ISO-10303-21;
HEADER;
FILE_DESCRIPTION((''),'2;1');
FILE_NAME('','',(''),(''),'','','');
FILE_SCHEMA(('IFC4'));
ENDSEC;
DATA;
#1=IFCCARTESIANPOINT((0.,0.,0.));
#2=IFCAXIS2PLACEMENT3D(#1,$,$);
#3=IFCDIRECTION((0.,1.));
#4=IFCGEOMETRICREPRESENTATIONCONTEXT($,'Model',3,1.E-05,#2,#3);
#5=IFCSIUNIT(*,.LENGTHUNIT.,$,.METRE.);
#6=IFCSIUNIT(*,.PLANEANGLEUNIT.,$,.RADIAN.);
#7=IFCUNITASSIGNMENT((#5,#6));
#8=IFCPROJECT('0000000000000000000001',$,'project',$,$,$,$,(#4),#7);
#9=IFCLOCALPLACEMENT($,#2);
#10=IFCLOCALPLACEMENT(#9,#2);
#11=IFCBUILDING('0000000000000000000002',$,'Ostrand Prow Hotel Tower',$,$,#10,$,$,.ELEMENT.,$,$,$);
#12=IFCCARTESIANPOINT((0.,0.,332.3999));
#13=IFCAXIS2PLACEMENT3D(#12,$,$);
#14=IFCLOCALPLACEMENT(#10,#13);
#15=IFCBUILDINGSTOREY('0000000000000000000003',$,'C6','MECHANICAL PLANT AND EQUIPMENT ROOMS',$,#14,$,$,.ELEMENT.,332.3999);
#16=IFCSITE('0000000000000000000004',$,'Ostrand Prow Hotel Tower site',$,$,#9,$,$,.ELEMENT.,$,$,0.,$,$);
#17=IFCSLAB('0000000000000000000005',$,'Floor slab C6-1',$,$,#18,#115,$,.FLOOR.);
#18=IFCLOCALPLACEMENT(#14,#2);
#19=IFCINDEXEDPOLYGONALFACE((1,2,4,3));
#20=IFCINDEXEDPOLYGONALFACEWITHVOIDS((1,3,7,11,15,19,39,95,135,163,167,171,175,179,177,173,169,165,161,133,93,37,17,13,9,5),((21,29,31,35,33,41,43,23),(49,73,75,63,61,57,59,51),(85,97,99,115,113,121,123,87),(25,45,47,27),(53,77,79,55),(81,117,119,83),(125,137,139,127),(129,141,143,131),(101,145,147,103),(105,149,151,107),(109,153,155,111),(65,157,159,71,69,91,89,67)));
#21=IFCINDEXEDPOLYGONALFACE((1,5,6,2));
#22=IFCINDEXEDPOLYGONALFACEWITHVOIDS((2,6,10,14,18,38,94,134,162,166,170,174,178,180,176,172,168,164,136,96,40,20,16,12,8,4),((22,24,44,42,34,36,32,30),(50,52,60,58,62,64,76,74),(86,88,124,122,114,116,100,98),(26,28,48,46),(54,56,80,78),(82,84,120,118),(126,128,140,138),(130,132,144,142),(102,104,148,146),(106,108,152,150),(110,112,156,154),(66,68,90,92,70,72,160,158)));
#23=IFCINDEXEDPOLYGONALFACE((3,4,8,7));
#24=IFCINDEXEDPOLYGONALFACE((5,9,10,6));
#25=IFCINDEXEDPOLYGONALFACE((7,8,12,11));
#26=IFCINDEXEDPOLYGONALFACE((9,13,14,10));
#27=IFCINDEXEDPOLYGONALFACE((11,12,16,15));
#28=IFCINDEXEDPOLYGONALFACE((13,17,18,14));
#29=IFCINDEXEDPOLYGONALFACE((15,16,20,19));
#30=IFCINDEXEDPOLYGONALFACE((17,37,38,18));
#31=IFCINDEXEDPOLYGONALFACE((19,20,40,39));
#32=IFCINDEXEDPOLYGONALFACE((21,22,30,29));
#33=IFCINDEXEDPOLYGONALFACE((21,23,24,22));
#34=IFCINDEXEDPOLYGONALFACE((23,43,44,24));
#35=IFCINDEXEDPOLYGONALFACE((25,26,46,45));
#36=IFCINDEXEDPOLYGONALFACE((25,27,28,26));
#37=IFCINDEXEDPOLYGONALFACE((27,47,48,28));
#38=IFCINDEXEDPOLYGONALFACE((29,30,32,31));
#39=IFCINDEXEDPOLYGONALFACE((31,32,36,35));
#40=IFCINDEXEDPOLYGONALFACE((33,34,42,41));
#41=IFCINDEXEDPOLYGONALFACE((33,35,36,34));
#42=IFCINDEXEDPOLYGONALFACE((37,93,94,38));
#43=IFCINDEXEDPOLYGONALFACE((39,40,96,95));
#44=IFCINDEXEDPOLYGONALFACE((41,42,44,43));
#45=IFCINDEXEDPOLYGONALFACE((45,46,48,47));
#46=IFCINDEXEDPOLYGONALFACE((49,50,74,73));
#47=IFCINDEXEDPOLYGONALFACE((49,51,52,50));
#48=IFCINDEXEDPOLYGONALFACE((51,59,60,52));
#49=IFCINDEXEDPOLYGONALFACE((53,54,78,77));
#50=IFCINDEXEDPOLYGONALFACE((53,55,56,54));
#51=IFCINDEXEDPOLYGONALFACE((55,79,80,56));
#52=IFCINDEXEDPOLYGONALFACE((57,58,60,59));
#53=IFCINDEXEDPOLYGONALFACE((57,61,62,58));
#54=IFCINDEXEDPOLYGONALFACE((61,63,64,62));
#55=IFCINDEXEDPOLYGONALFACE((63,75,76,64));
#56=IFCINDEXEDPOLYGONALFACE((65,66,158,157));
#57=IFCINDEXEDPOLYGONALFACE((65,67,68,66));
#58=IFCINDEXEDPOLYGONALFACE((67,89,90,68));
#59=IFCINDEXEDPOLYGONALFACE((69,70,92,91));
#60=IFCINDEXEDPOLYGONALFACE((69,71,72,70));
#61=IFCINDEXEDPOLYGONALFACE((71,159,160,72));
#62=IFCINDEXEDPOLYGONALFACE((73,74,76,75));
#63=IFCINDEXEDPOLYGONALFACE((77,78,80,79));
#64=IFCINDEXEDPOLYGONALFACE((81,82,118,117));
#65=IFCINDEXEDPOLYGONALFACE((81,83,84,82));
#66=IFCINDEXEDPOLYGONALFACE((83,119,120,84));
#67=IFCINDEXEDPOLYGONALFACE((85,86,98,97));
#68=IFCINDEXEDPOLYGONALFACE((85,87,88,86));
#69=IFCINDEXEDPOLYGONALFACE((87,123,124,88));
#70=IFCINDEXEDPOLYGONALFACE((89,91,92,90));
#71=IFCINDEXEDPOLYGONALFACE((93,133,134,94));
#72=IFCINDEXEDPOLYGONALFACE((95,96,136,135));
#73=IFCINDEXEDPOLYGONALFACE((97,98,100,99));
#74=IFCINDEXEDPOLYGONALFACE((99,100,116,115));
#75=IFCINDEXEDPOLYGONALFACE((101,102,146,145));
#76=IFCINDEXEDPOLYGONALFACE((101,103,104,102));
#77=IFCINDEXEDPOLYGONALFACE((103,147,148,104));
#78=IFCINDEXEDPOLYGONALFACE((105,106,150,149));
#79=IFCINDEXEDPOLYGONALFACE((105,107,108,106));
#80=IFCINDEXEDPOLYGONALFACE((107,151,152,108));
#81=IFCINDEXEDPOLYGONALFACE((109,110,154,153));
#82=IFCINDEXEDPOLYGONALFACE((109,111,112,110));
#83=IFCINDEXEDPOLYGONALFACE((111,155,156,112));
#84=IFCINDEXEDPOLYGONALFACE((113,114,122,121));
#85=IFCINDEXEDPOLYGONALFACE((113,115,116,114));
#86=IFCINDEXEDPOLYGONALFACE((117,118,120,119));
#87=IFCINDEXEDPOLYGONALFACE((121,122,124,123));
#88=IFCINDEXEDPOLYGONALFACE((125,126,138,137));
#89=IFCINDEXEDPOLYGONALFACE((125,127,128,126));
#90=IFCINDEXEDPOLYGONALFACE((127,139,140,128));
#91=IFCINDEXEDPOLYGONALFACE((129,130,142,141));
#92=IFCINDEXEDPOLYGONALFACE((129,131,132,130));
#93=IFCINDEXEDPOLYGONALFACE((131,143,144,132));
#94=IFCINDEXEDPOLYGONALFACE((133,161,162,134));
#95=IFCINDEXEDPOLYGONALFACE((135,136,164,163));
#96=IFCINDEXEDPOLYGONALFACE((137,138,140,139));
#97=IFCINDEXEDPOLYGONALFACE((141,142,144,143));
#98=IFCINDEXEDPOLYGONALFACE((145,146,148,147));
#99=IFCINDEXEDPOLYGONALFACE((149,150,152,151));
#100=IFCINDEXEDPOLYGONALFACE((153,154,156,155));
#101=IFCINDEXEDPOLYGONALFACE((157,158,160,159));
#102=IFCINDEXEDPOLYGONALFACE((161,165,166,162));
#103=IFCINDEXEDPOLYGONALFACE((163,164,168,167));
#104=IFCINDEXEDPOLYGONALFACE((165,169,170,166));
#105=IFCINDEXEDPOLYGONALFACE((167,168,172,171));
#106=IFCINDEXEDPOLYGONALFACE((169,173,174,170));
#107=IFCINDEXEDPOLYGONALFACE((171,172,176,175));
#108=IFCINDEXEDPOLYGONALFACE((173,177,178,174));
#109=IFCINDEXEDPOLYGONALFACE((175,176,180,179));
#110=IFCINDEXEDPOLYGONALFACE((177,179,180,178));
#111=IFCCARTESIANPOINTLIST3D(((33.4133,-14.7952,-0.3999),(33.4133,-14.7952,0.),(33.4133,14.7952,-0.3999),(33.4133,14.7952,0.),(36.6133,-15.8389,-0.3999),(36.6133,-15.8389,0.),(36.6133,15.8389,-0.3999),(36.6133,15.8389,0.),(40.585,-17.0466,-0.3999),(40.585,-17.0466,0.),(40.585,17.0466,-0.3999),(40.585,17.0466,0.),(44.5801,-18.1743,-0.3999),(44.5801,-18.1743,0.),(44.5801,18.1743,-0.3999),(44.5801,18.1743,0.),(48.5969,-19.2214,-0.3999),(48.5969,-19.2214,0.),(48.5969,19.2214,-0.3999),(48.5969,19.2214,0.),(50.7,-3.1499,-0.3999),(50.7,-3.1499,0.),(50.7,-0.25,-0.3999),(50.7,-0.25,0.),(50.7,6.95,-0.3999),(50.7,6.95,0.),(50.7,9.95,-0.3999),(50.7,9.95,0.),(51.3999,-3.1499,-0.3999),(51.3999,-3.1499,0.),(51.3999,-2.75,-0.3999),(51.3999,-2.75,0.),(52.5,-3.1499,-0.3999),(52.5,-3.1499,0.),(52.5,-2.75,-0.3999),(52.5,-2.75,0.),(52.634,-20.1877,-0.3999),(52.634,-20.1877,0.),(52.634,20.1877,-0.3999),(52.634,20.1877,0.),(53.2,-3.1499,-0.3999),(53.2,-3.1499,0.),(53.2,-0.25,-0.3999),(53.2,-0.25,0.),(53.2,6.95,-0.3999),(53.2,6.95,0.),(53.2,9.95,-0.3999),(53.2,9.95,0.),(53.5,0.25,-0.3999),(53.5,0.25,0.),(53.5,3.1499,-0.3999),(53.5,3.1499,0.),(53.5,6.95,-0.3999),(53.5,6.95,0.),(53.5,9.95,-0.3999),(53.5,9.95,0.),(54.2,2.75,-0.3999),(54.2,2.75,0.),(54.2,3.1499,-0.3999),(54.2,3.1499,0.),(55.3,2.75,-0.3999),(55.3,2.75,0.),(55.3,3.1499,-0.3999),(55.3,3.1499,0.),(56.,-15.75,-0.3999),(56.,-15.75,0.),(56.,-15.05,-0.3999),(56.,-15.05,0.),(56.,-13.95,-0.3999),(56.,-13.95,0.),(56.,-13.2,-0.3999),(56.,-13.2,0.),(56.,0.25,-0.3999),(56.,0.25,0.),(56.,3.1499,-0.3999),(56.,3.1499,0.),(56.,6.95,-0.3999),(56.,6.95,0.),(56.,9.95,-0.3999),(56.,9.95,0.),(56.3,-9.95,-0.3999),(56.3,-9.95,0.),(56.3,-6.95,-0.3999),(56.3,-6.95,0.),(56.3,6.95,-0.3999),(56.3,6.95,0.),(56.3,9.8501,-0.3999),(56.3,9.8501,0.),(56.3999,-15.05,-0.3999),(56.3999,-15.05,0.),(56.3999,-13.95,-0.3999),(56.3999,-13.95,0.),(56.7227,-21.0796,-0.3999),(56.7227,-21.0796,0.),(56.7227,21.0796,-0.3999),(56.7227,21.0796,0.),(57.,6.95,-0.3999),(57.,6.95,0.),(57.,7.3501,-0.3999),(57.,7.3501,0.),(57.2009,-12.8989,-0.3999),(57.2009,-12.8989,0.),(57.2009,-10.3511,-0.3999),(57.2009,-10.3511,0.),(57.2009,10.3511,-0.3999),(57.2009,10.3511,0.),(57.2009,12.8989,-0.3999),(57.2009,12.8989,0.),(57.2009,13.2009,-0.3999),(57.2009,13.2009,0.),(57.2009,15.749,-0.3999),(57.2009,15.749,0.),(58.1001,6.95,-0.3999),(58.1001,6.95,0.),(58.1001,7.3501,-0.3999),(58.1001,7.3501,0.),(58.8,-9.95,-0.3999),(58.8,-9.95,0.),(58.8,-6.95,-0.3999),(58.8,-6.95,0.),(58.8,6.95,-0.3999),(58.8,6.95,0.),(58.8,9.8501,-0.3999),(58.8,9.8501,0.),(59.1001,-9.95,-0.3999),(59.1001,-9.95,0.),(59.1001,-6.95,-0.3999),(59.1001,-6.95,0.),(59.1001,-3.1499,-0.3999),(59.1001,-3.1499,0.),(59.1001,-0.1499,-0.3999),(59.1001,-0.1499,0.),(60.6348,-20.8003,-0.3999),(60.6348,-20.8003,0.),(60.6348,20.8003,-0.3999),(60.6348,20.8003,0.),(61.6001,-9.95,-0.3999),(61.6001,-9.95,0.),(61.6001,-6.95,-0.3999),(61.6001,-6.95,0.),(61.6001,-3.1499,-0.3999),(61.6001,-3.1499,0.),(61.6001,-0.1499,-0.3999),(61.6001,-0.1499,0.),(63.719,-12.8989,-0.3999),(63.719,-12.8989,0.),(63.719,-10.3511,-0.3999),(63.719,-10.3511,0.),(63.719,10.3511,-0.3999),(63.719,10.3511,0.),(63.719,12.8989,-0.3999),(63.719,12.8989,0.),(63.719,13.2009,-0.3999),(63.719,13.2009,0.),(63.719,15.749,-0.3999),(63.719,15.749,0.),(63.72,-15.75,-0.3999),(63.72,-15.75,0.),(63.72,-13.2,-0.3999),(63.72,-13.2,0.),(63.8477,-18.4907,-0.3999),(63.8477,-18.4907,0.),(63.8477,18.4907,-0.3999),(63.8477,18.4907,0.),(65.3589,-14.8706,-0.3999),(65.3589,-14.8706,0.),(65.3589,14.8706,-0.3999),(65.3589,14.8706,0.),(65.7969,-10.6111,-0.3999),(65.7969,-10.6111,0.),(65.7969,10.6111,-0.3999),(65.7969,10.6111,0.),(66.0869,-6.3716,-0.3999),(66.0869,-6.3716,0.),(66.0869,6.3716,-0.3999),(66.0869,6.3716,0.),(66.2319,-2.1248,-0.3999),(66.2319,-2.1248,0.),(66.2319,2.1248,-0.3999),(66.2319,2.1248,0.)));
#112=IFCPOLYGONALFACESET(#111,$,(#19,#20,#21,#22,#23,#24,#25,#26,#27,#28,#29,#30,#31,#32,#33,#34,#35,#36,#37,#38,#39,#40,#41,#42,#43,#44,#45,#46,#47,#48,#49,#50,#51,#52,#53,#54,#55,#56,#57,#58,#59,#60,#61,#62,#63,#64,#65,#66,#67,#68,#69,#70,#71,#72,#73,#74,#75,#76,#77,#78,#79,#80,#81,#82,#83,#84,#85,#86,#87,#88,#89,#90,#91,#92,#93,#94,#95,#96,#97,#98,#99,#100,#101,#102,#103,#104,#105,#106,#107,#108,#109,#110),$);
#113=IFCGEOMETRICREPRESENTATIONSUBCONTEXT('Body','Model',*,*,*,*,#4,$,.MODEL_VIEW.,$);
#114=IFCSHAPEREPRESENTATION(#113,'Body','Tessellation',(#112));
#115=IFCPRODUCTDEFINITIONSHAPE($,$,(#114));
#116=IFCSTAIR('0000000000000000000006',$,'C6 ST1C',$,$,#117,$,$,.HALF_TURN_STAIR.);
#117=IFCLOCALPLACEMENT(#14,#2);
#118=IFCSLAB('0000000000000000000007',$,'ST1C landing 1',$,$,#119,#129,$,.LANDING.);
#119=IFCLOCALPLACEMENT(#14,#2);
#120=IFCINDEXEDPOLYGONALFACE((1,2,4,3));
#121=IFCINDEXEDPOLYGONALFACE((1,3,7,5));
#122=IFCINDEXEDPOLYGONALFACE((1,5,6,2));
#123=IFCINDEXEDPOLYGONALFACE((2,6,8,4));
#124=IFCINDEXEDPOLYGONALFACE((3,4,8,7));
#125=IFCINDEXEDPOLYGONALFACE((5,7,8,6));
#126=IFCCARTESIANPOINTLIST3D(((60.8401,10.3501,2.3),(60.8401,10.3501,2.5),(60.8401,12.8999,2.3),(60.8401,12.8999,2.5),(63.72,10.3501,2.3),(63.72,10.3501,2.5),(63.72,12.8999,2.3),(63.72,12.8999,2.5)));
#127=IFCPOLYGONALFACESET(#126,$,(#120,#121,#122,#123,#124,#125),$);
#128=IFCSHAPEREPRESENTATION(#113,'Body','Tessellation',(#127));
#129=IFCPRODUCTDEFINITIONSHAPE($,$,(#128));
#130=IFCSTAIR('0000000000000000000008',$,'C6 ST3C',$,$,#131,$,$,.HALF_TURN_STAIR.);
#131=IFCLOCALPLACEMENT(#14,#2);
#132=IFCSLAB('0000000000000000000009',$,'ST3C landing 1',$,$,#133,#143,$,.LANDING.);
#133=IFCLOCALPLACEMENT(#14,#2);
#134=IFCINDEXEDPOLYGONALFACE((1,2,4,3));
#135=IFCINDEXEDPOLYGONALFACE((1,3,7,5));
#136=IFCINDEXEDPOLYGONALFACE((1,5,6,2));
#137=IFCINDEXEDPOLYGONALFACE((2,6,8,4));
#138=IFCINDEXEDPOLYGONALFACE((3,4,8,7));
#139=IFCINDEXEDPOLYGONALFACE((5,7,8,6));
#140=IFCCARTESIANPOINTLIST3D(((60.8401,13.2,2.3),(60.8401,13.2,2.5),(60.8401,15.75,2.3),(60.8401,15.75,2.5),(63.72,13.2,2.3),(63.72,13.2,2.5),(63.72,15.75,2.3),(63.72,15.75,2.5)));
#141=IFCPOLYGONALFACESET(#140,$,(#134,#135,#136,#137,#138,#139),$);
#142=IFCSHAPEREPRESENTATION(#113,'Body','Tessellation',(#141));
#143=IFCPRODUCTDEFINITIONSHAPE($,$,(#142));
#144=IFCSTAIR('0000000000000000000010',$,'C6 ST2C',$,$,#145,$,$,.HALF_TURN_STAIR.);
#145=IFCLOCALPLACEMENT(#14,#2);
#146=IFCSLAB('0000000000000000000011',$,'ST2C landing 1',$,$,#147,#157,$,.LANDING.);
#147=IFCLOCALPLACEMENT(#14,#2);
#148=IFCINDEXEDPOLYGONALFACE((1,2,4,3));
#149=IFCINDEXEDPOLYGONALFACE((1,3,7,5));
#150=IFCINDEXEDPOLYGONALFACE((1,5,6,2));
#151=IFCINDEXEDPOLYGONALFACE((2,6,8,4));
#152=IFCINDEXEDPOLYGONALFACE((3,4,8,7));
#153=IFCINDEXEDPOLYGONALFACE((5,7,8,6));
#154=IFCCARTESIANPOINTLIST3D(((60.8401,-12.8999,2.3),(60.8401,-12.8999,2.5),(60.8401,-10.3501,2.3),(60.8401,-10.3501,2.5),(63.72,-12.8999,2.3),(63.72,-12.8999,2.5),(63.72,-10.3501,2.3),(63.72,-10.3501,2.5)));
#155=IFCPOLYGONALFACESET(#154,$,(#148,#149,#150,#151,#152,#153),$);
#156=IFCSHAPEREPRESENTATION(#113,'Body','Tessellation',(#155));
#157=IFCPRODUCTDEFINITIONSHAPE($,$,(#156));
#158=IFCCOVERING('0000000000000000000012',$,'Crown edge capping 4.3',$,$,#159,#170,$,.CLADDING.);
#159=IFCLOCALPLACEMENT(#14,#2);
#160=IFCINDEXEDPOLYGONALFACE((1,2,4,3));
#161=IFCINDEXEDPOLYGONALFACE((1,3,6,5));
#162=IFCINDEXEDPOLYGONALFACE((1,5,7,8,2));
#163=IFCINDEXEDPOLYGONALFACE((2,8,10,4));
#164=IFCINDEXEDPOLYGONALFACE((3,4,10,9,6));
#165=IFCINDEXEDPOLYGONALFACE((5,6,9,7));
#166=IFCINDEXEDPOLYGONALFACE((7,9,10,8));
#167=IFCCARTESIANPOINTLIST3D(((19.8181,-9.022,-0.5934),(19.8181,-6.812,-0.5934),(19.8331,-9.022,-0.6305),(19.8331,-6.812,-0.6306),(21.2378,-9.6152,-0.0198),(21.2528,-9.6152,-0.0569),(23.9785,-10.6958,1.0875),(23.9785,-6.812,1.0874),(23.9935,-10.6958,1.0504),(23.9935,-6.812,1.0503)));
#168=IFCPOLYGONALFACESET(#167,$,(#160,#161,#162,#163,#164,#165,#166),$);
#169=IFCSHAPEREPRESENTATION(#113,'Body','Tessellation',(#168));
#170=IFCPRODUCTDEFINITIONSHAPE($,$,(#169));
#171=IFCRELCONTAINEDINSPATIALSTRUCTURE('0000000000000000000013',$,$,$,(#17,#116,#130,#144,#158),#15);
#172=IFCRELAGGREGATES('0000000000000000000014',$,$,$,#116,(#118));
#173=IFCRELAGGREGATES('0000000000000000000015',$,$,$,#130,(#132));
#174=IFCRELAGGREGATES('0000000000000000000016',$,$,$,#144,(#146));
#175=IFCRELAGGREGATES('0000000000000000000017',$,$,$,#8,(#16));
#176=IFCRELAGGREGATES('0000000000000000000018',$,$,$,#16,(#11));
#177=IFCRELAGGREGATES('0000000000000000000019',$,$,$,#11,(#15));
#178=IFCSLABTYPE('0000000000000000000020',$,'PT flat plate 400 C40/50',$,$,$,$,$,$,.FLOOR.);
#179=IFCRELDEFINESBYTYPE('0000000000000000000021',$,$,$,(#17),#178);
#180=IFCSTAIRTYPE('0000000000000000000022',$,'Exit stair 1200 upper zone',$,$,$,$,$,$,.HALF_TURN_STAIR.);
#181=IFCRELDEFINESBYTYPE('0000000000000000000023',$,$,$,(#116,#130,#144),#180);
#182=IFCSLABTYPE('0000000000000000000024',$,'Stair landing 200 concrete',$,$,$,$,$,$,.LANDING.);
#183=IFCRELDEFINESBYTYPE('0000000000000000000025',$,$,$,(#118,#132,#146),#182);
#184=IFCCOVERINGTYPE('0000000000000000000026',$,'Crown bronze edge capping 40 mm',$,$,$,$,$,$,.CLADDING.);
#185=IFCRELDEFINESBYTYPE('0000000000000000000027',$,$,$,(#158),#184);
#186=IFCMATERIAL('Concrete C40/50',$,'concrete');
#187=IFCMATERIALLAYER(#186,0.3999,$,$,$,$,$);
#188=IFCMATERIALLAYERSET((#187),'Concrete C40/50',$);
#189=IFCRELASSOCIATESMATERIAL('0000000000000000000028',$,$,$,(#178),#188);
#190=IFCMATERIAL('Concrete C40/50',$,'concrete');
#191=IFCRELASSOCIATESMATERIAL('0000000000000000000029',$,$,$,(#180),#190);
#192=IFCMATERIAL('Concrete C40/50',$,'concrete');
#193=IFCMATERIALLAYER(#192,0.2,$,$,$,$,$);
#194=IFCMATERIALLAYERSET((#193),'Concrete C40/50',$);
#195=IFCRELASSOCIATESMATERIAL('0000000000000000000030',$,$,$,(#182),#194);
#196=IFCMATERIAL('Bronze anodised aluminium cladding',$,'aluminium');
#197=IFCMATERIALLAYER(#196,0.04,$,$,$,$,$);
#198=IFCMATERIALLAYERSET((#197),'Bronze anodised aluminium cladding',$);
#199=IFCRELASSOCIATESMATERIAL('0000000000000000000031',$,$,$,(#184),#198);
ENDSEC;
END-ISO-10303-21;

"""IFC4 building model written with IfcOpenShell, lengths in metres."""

from ifc_helpers import new_model, si_unit, direction, frame, origin, place, context, subcontext, project, spatial, polyline, outline, extrude, material, layer, layer_set, type_object, element, aggregate, save


model = new_model("IFC4")

# Units and contexts
model_context = context("Model", 3, precision=1e-05, world=origin(), true_north=direction((0.0, 1.0)))
body_context = subcontext(model_context, "Body", "Model", "MODEL_VIEW")
ifc_project = project(units=[si_unit("LENGTHUNIT", "METRE"), si_unit("PLANEANGLEUNIT", "RADIAN")], contexts=[model_context])

# Site, building, storey
site_placement = place(None, origin())
site = spatial("IfcSite", under=ifc_project, at=site_placement, Name="Ostrand Prow Hotel Tower site", CompositionType="ELEMENT", RefElevation=0.0)
building_placement = place(site_placement, origin())
building = spatial("IfcBuilding", under=site, at=building_placement, Name="Ostrand Prow Hotel Tower", CompositionType="ELEMENT")
storey_placement = place(building_placement, frame((0.0, 0.0, 332.3999)))
storey = spatial("IfcBuildingStorey", under=building, at=storey_placement, Name="C6", Description="MECHANICAL PLANT AND EQUIPMENT ROOMS", CompositionType="ELEMENT", Elevation=332.3999)

# Slab, openings
ifc_material_1 = material(Name="Concrete C40/50", Category="concrete")
ifc_layer_1 = layer(ifc_material_1, 0.3999)
ifc_layer_set_1 = layer_set([ifc_layer_1], Name="Concrete C40/50")
slab_type_1 = type_object("IfcSlabType", Name="PT flat plate 400 C40/50", PredefinedType="FLOOR", material=ifc_layer_set_1)
slab_1_placement = place(storey_placement, frame((0.0, 0.0, -0.3999)))
slab_1 = element("IfcSlab", 1, at=slab_1_placement, inside=storey, type_object=slab_type_1, Name="Floor slab C6-1", PredefinedType="FLOOR", context=body_context, shape_type="SweptSolid", body=[
    extrude(outline(polyline([(36.6133, 15.8389), (40.585, 17.0466), (44.5801, 18.1743), (48.5969, 19.2214), (52.634, 20.1877), (56.7227, 21.0796), (60.6348, 20.8003), (63.8477, 18.4907), (65.3589, 14.8706), (65.7969, 10.6111), (66.0869, 6.3716), (66.2319, 2.1248), (66.2319, -2.1248), (66.0869, -6.3716), (65.7969, -10.6111), (65.3589, -14.8706), (63.8477, -18.4907), (60.6348, -20.8003), (56.7227, -21.0796), (52.634, -20.1877), (48.5969, -19.2214), (44.5801, -18.1743), (40.585, -17.0466), (36.6133, -15.8389), (33.4133, -14.7952), (33.4133, 14.7952), (36.6133, 15.8389)]), holes=[polyline([(50.7, 6.95), (53.2, 6.95), (53.2, 9.95), (50.7, 9.95), (50.7, 6.95)]), polyline([(53.5, 6.95), (56.0, 6.95), (56.0, 9.95), (53.5, 9.95), (53.5, 6.95)]), polyline([(59.1001, -3.1499), (61.6001, -3.1499), (61.6001, -0.1499), (59.1001, -0.1499), (59.1001, -3.1499)]), polyline([(56.3, -9.95), (58.8, -9.95), (58.8, -6.95), (56.3, -6.95), (56.3, -9.95)]), polyline([(59.1001, -9.95), (61.6001, -9.95), (61.6001, -6.95), (59.1001, -6.95), (59.1001, -9.95)]), polyline([(57.2009, 10.3511), (57.2009, 12.8989), (63.719, 12.8989), (63.719, 10.3511), (57.2009, 10.3511)]), polyline([(57.2009, 13.2009), (57.2009, 15.749), (63.719, 15.749), (63.719, 13.2009), (57.2009, 13.2009)]), polyline([(57.2009, -12.8989), (57.2009, -10.3511), (63.719, -10.3511), (63.719, -12.8989), (57.2009, -12.8989)]), polyline([(58.8, 6.95), (58.1001, 6.95), (58.1001, 7.3501), (57.0, 7.3501), (57.0, 6.95), (56.3, 6.95), (56.3, 9.8501), (58.8, 9.8501), (58.8, 6.95)]), polyline([(55.3, 2.75), (55.3, 3.1499), (56.0, 3.1499), (56.0, 0.25), (53.5, 0.25), (53.5, 3.1499), (54.2, 3.1499), (54.2, 2.75), (55.3, 2.75)]), polyline([(52.5, -2.75), (51.3999, -2.75), (51.3999, -3.1499), (50.7, -3.1499), (50.7, -0.25), (53.2, -0.25), (53.2, -3.1499), (52.5, -3.1499), (52.5, -2.75)]), polyline([(56.3999, -15.05), (56.3999, -13.95), (56.0, -13.95), (56.0, -13.2), (63.72, -13.2), (63.72, -15.75), (56.0, -15.75), (56.0, -15.05), (56.3999, -15.05)])]), origin(), (0.0, 0.0, 1.0), 0.3999),
])
opening_1_placement = place(slab_1_placement, origin())
element("IfcOpeningElement", 2, at=opening_1_placement, cuts=slab_1, PredefinedType="OPENING", context=body_context, shape_type="SweptSolid", body=[
    extrude(outline(polyline([(58.8, 6.95), (58.1001, 6.95), (58.1001, 7.3501), (57.0, 7.3501), (57.0, 6.95), (56.3, 6.95), (56.3, 9.8501), (58.8, 9.8501), (58.8, 6.95)])), origin(), (0.0, 0.0, 1.0), 0.3999),
])
opening_2_placement = place(slab_1_placement, origin())
element("IfcOpeningElement", 3, at=opening_2_placement, cuts=slab_1, PredefinedType="OPENING", context=body_context, shape_type="SweptSolid", body=[
    extrude(outline(polyline([(55.3, 2.75), (55.3, 3.1499), (56.0, 3.1499), (56.0, 0.25), (53.5, 0.25), (53.5, 3.1499), (54.2, 3.1499), (54.2, 2.75), (55.3, 2.75)])), origin(), (0.0, 0.0, 1.0), 0.3999),
])
opening_3_placement = place(slab_1_placement, origin())
element("IfcOpeningElement", 4, at=opening_3_placement, cuts=slab_1, PredefinedType="OPENING", context=body_context, shape_type="SweptSolid", body=[
    extrude(outline(polyline([(52.5, -2.75), (51.3999, -2.75), (51.3999, -3.1499), (50.7, -3.1499), (50.7, -0.25), (53.2, -0.25), (53.2, -3.1499), (52.5, -3.1499), (52.5, -2.75)])), origin(), (0.0, 0.0, 1.0), 0.3999),
])
opening_4_placement = place(slab_1_placement, origin())
element("IfcOpeningElement", 5, at=opening_4_placement, cuts=slab_1, PredefinedType="OPENING", context=body_context, shape_type="SweptSolid", body=[
    extrude(outline(polyline([(56.3999, -15.05), (56.3999, -13.95), (56.0, -13.95), (56.0, -13.2), (63.72, -13.2), (63.72, -15.75), (56.0, -15.75), (56.0, -15.05), (56.3999, -15.05)])), origin(), (0.0, 0.0, 1.0), 0.3999),
])

# Stairs, slabs
ifc_material_2 = material(Name="Concrete C40/50", Category="concrete")
stair_type = type_object("IfcStairType", Name="Exit stair 1200 upper zone", PredefinedType="HALF_TURN_STAIR", material=ifc_material_2)
stair_1_placement = place(storey_placement, origin())
stair_1 = element("IfcStair", 6, at=stair_1_placement, inside=storey, type_object=stair_type, Name="C6 ST1C", PredefinedType="HALF_TURN_STAIR")
ifc_material_3 = material(Name="Concrete C40/50", Category="concrete")
ifc_layer_2 = layer(ifc_material_3, 0.2)
ifc_layer_set_2 = layer_set([ifc_layer_2], Name="Concrete C40/50")
slab_type_2 = type_object("IfcSlabType", Name="Stair landing 200 concrete", PredefinedType="LANDING", material=ifc_layer_set_2)
slab_2_placement = place(storey_placement, frame((0.0, 0.0, 2.3)))
slab_2 = element("IfcSlab", 7, at=slab_2_placement, type_object=slab_type_2, Name="ST1C landing 1", PredefinedType="LANDING", context=body_context, shape_type="SweptSolid", body=[
    extrude(outline(polyline([(60.8401, 10.3501), (63.72, 10.3501), (63.72, 12.8999), (60.8401, 12.8999), (60.8401, 10.3501)])), origin(), (0.0, 0.0, 1.0), 0.2),
])
aggregate(stair_1, [slab_2])
stair_2_placement = place(storey_placement, origin())
stair_2 = element("IfcStair", 8, at=stair_2_placement, inside=storey, type_object=stair_type, Name="C6 ST3C", PredefinedType="HALF_TURN_STAIR")
slab_3_placement = place(storey_placement, frame((0.0, 0.0, 2.3)))
slab_3 = element("IfcSlab", 9, at=slab_3_placement, type_object=slab_type_2, Name="ST3C landing 1", PredefinedType="LANDING", context=body_context, shape_type="SweptSolid", body=[
    extrude(outline(polyline([(60.8401, 13.2), (63.72, 13.2), (63.72, 15.75), (60.8401, 15.75), (60.8401, 13.2)])), origin(), (0.0, 0.0, 1.0), 0.2),
])
aggregate(stair_2, [slab_3])
stair_3_placement = place(storey_placement, origin())
stair_3 = element("IfcStair", 10, at=stair_3_placement, inside=storey, type_object=stair_type, Name="C6 ST2C", PredefinedType="HALF_TURN_STAIR")
slab_4_placement = place(storey_placement, frame((0.0, 0.0, 2.3)))
slab_4 = element("IfcSlab", 11, at=slab_4_placement, type_object=slab_type_2, Name="ST2C landing 1", PredefinedType="LANDING", context=body_context, shape_type="SweptSolid", body=[
    extrude(outline(polyline([(60.8401, -12.8999), (63.72, -12.8999), (63.72, -10.3501), (60.8401, -10.3501), (60.8401, -12.8999)])), origin(), (0.0, 0.0, 1.0), 0.2),
])
aggregate(stair_3, [slab_4])

# Covering
ifc_material_4 = material(Name="Bronze anodised aluminium cladding", Category="aluminium")
ifc_layer_3 = layer(ifc_material_4, 0.04)
ifc_layer_set_3 = layer_set([ifc_layer_3], Name="Bronze anodised aluminium cladding")
covering_type_1 = type_object("IfcCoveringType", Name="Crown bronze edge capping 40 mm", PredefinedType="CLADDING", material=ifc_layer_set_3)
covering_1_placement = place(storey_placement, frame((21.2378, -9.6152, -0.0198), z_axis=(-0.374599, 0.000022, 0.927187), x_axis=(0.870822, -0.343339, 0.351834)))
element("IfcCovering", 12, at=covering_1_placement, inside=storey, type_object=covering_type_1, Name="Crown edge capping 4.3", PredefinedType="CLADDING", context=body_context, shape_type="SweptSolid", body=[
    extrude(outline(polyline([(0.0, 0.0), (3.1472, 0.0), (1.8138, 3.6477), (-2.4006, 2.1071), (-1.6418, 0.0315), (0.0, 0.0)])), origin(), (0.0, 0.0, -1.0), 0.04),
])

save(model, "model.ifc")
